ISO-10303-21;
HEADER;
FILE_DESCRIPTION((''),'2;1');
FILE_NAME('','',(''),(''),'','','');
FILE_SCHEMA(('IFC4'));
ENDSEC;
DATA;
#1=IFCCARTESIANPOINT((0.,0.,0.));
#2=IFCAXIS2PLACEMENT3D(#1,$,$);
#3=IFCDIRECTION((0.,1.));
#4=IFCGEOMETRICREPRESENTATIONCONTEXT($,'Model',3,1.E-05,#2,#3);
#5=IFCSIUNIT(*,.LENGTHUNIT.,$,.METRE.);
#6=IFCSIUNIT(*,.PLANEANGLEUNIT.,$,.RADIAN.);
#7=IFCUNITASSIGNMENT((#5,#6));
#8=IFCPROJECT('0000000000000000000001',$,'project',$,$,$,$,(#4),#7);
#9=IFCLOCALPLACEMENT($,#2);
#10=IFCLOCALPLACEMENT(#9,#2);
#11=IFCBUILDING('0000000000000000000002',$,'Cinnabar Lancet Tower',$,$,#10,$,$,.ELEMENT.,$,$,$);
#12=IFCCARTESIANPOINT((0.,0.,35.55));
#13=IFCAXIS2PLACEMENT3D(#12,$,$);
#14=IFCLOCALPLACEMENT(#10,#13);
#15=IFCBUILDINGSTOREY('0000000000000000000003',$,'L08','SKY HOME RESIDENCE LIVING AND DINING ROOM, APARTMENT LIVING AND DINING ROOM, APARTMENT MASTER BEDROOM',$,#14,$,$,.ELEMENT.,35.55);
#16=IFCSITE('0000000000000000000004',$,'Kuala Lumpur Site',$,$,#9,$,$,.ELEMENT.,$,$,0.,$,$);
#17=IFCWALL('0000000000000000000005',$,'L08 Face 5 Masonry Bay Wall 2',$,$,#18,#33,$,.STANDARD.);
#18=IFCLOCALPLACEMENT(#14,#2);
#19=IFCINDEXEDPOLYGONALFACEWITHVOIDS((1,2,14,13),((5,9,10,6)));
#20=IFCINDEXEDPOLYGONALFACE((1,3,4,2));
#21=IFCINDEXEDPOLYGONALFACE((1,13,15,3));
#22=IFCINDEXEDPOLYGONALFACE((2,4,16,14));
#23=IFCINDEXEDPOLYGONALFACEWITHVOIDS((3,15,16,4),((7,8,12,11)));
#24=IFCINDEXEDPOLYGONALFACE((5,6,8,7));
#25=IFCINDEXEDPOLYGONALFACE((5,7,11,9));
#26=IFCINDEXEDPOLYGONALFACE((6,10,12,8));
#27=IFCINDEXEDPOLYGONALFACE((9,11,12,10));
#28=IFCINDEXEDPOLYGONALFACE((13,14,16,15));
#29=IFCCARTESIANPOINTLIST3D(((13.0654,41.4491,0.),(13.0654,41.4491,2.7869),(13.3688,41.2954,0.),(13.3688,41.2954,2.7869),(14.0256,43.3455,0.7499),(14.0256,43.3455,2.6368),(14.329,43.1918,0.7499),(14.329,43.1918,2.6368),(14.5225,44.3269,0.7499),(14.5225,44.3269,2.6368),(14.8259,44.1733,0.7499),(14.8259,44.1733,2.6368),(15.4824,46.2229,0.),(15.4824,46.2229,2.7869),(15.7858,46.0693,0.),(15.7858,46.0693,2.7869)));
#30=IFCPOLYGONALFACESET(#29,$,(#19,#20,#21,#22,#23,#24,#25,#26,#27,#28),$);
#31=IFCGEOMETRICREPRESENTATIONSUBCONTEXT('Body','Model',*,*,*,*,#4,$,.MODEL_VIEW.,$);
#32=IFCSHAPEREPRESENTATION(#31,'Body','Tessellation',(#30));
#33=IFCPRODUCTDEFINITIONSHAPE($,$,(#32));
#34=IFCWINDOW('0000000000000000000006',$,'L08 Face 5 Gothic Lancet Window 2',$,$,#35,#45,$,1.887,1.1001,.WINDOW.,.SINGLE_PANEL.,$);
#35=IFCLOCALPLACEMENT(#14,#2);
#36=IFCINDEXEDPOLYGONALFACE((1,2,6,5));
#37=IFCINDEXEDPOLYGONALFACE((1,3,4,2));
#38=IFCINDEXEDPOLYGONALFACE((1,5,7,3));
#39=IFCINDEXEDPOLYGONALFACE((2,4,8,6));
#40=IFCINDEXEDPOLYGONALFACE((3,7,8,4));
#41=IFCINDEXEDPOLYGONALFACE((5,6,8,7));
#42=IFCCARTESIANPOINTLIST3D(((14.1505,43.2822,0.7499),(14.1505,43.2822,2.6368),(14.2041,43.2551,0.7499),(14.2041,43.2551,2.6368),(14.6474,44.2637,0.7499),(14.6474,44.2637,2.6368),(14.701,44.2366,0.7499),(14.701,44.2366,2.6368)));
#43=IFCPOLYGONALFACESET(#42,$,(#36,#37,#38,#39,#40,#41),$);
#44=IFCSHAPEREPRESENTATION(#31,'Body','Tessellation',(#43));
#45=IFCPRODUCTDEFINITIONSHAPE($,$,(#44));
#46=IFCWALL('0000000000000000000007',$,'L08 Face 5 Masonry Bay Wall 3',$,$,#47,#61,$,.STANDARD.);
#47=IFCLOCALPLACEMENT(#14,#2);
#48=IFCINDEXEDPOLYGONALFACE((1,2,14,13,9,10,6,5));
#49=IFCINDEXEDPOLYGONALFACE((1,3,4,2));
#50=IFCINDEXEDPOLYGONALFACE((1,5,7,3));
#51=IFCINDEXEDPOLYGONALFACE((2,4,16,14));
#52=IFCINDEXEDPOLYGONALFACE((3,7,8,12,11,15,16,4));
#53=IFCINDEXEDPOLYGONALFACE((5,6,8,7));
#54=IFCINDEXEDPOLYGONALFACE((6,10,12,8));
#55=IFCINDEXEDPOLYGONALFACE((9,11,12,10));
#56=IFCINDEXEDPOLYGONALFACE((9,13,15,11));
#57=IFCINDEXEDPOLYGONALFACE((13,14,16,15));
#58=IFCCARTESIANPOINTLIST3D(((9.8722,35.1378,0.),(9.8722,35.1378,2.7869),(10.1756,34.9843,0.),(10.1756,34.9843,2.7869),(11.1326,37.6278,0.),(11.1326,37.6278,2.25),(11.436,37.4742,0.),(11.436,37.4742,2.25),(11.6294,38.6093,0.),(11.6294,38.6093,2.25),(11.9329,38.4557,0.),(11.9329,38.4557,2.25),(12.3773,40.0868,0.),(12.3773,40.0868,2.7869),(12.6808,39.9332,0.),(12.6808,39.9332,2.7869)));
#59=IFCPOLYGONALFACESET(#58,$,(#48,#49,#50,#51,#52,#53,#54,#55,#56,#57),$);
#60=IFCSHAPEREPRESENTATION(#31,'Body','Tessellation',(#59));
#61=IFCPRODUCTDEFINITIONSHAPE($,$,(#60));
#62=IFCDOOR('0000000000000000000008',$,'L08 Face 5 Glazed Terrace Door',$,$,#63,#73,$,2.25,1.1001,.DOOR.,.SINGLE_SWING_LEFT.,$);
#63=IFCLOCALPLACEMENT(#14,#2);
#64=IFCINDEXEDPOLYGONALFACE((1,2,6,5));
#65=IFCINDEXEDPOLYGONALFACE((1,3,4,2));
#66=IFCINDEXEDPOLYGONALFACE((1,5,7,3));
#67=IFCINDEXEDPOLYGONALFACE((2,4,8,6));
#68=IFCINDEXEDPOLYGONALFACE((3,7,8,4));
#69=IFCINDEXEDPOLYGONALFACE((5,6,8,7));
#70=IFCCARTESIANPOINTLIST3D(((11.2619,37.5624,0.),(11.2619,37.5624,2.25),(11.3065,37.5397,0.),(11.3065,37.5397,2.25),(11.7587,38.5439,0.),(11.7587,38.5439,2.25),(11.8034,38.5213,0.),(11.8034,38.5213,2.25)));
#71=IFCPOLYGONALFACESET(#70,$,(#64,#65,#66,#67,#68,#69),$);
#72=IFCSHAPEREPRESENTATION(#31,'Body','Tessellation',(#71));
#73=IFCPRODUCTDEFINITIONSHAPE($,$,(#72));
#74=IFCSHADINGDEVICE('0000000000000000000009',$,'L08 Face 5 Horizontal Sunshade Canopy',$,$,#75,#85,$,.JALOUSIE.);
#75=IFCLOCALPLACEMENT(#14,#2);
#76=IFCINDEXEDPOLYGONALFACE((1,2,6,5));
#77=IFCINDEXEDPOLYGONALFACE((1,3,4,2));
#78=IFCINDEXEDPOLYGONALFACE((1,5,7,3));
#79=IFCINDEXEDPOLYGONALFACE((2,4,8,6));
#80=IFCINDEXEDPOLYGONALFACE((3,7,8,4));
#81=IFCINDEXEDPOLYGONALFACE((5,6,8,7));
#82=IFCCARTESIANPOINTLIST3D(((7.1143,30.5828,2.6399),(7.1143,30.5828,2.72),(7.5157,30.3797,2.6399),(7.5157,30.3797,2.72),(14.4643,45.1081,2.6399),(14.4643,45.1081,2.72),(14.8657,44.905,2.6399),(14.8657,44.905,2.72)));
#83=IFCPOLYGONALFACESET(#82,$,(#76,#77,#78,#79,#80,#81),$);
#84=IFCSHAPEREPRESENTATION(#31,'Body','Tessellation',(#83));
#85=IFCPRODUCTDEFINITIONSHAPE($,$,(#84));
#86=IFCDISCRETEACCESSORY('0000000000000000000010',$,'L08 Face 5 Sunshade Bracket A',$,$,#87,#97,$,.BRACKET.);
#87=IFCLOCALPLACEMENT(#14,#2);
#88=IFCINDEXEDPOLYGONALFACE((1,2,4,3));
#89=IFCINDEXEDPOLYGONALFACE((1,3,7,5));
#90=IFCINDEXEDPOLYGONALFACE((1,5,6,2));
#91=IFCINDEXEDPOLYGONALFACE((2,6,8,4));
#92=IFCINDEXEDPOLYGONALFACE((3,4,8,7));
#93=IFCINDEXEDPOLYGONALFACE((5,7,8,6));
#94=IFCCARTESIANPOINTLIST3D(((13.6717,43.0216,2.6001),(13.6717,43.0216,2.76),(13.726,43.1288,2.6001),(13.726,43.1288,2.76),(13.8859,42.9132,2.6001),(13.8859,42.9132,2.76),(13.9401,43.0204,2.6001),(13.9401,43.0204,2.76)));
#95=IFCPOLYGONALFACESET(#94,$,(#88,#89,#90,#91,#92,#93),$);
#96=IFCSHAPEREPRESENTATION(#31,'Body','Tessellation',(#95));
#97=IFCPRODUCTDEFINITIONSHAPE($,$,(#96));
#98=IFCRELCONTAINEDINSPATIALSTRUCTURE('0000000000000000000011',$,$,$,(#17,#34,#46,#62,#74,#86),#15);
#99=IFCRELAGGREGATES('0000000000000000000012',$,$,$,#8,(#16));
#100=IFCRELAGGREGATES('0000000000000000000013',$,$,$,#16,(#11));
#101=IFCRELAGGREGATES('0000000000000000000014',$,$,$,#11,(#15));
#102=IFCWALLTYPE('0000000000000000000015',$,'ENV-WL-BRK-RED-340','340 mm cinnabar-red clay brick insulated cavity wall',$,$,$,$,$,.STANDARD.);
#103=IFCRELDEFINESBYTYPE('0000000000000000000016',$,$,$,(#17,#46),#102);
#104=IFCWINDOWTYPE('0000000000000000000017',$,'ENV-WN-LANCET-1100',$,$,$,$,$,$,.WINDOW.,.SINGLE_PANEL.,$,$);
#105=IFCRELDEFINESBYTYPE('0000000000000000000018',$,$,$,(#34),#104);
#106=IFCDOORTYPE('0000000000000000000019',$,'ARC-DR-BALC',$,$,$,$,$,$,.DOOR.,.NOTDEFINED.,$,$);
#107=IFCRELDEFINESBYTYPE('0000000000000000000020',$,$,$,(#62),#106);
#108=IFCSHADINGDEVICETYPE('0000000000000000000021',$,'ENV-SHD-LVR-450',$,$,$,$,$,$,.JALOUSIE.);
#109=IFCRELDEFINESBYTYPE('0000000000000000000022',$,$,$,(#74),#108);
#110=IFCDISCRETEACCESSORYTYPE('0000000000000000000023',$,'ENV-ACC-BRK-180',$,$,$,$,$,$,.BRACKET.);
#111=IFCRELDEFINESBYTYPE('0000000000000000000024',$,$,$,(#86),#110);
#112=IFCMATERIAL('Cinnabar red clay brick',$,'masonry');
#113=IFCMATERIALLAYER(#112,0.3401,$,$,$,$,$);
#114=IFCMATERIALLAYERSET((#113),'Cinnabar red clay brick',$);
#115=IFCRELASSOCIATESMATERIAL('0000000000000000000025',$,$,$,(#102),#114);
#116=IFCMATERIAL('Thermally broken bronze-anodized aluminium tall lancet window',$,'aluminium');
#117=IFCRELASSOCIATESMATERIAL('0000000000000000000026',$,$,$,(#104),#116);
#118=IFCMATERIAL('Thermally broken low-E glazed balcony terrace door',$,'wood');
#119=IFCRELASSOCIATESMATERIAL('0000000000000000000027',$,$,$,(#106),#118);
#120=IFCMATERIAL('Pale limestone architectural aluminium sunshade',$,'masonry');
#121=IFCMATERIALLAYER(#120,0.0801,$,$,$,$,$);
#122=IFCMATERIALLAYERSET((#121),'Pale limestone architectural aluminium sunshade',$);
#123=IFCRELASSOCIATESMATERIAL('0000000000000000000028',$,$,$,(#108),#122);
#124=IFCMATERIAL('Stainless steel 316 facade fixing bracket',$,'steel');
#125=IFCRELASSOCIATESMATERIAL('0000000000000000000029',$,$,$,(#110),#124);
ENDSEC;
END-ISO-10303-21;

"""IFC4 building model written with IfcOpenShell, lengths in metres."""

from ifc_helpers import new_model, si_unit, direction, frame, frame_2d, origin, origin_2d, place, context, subcontext, project, spatial, rectangle, extrude, material, layer, layer_set, type_object, element, fill, save


model = new_model("IFC4")

# Units and contexts
model_context = context("Model", 3, precision=1e-05, world=origin(), true_north=direction((0.0, 1.0)))
body_context = subcontext(model_context, "Body", "Model", "MODEL_VIEW")
ifc_project = project(units=[si_unit("LENGTHUNIT", "METRE"), si_unit("PLANEANGLEUNIT", "RADIAN")], contexts=[model_context])

# Site, building, storey
site_placement = place(None, origin())
site = spatial("IfcSite", under=ifc_project, at=site_placement, Name="Kuala Lumpur Site", CompositionType="ELEMENT", RefElevation=0.0)
building_placement = place(site_placement, origin())
building = spatial("IfcBuilding", under=site, at=building_placement, Name="Cinnabar Lancet Tower", CompositionType="ELEMENT")
storey_placement = place(building_placement, frame((0.0, 0.0, 35.55)))
storey = spatial("IfcBuildingStorey", under=building, at=storey_placement, Name="L08", Description="SKY HOME RESIDENCE LIVING AND DINING ROOM, APARTMENT LIVING AND DINING ROOM, APARTMENT MASTER BEDROOM", CompositionType="ELEMENT", Elevation=35.55)

# Shared definitions
ifc_material_1 = material(Name="Cinnabar red clay brick", Category="masonry")
ifc_layer_1 = layer(ifc_material_1, 0.3401)
ifc_layer_set_1 = layer_set([ifc_layer_1], Name="Cinnabar red clay brick")
wall_type_1 = type_object("IfcWallType", Name="ENV-WL-BRK-RED-340", Description="340 mm cinnabar-red clay brick insulated cavity wall", PredefinedType="STANDARD", material=ifc_layer_set_1)

# Wall, opening, window
wall_1_placement = place(storey_placement, frame((15.634, 46.146, 0.0), z_axis=(0.0, 0.0, 1.0), x_axis=(-0.451698, -0.892171, 0.0)))
wall_1 = element("IfcWall", 1, at=wall_1_placement, inside=storey, type_object=wall_type_1, Name="L08 Face 5 Masonry Bay Wall 2", PredefinedType="STANDARD", context=body_context, shape_type="SweptSolid", body=[
    extrude(rectangle(XDim=5.3508, YDim=0.3401, at=frame_2d((2.6753, 0.0))), origin(), (0.0, 0.0, 1.0), 2.7869),
])
opening_1_placement = place(wall_1_placement, frame((2.125, 0.0, 0.75)))
opening_1 = element("IfcOpeningElement", 2, at=opening_1_placement, cuts=wall_1, PredefinedType="OPENING", context=body_context, shape_type="SweptSolid", body=[
    extrude(rectangle(XDim=1.1001, YDim=1.887, at=frame_2d((0.55, 0.9434))), frame((0.0, 0.1799, 0.0), z_axis=(0.0, -1.0, 0.0), x_axis=(1.0, 0.0, 0.0)), (0.0, 0.0, 1.0), 0.3601),
])
ifc_material_2 = material(Name="Thermally broken bronze-anodized aluminium tall lancet window", Category="aluminium")
window_type = type_object("IfcWindowType", Name="ENV-WN-LANCET-1100", PartitioningType="SINGLE_PANEL", PredefinedType="WINDOW", material=ifc_material_2)
window_placement = place(opening_1_placement, origin())
window = element("IfcWindow", 3, at=window_placement, inside=storey, type_object=window_type, Name="L08 Face 5 Gothic Lancet Window 2", OverallHeight=1.887, OverallWidth=1.1001, PartitioningType="SINGLE_PANEL", PredefinedType="WINDOW", context=body_context, shape_type="SweptSolid", body=[
    extrude(rectangle(XDim=1.1001, YDim=1.887, at=frame_2d((0.55, 0.9434))), frame((0.0, 0.03, 0.0), z_axis=(0.0, -1.0, 0.0), x_axis=(1.0, 0.0, 0.0)), (0.0, 0.0, 1.0), 0.0601),
])
fill(opening_1, window)

# Wall, opening, door
wall_2_placement = place(storey_placement, frame((12.5291, 40.01, 0.0), z_axis=(0.0, 0.0, 1.0), x_axis=(-0.451627, -0.892207, 0.0)))
wall_2 = element("IfcWall", 4, at=wall_2_placement, inside=storey, type_object=wall_type_1, Name="L08 Face 5 Masonry Bay Wall 3", PredefinedType="STANDARD", context=body_context, shape_type="SweptSolid", body=[
    extrude(rectangle(XDim=5.5469, YDim=0.3401, at=frame_2d((2.7734, 0.0))), origin(), (0.0, 0.0, 1.0), 2.7869),
])
opening_2_placement = place(wall_2_placement, frame((1.656, 0.0, 0.0)))
opening_2 = element("IfcOpeningElement", 5, at=opening_2_placement, cuts=wall_2, PredefinedType="OPENING", context=body_context, shape_type="SweptSolid", body=[
    extrude(rectangle(XDim=1.1001, YDim=2.25, at=frame_2d((0.55, 1.125))), frame((0.0, 0.1799, 0.0), z_axis=(0.0, -1.0, 0.0), x_axis=(1.0, 0.0, 0.0)), (0.0, 0.0, 1.0), 0.3601),
])
ifc_material_3 = material(Name="Thermally broken low-E glazed balcony terrace door", Category="wood")
door_type = type_object("IfcDoorType", Name="ARC-DR-BALC", OperationType="NOTDEFINED", PredefinedType="DOOR", material=ifc_material_3)
door_placement = place(opening_2_placement, origin())
door = element("IfcDoor", 6, at=door_placement, inside=storey, type_object=door_type, Name="L08 Face 5 Glazed Terrace Door", OperationType="SINGLE_SWING_LEFT", OverallHeight=2.25, OverallWidth=1.1001, PredefinedType="DOOR", context=body_context, shape_type="SweptSolid", body=[
    extrude(rectangle(XDim=1.1001, YDim=2.25, at=frame_2d((0.55, 1.125))), frame((0.0, 0.0249, 0.0), z_axis=(0.0, -1.0, 0.0), x_axis=(1.0, 0.0, 0.0)), (0.0, 0.0, 1.0), 0.05),
])
fill(opening_2, door)

# Shading device
ifc_material_4 = material(Name="Pale limestone architectural aluminium sunshade", Category="masonry")
ifc_layer_2 = layer(ifc_material_4, 0.0801)
ifc_layer_set_2 = layer_set([ifc_layer_2], Name="Pale limestone architectural aluminium sunshade")
shading_device_type = type_object("IfcShadingDeviceType", Name="ENV-SHD-LVR-450", PredefinedType="JALOUSIE", material=ifc_layer_set_2)
shading_device_placement = place(storey_placement, frame((10.99, 37.7439, 2.6399), z_axis=(0.0, 0.0, 1.0), x_axis=(-0.451501, -0.892271, 0.0)))
element("IfcShadingDevice", 7, at=shading_device_placement, inside=storey, type_object=shading_device_type, Name="L08 Face 5 Horizontal Sunshade Canopy", PredefinedType="JALOUSIE", context=body_context, shape_type="SweptSolid", body=[
    extrude(rectangle(XDim=16.2791, YDim=0.45, at=origin_2d()), origin(), (0.0, 0.0, 1.0), 0.0801),
])

# Discrete accessory
ifc_material_5 = material(Name="Stainless steel 316 facade fixing bracket", Category="steel")
discrete_accessory_type = type_object("IfcDiscreteAccessoryType", Name="ENV-ACC-BRK-180", PredefinedType="BRACKET", material=ifc_material_5)
discrete_accessory_placement = place(storey_placement, frame((13.8059, 43.021, 2.6001), z_axis=(0.0, 0.0, 1.0), x_axis=(-0.451501, -0.892271, 0.0)))
element("IfcDiscreteAccessory", 8, at=discrete_accessory_placement, inside=storey, type_object=discrete_accessory_type, Name="L08 Face 5 Sunshade Bracket A", PredefinedType="BRACKET", context=body_context, shape_type="SweptSolid", body=[
    extrude(rectangle(XDim=0.1201, YDim=0.24, at=origin_2d()), origin(), (0.0, 0.0, 1.0), 0.1599),
])

save(model, "model.ifc")
